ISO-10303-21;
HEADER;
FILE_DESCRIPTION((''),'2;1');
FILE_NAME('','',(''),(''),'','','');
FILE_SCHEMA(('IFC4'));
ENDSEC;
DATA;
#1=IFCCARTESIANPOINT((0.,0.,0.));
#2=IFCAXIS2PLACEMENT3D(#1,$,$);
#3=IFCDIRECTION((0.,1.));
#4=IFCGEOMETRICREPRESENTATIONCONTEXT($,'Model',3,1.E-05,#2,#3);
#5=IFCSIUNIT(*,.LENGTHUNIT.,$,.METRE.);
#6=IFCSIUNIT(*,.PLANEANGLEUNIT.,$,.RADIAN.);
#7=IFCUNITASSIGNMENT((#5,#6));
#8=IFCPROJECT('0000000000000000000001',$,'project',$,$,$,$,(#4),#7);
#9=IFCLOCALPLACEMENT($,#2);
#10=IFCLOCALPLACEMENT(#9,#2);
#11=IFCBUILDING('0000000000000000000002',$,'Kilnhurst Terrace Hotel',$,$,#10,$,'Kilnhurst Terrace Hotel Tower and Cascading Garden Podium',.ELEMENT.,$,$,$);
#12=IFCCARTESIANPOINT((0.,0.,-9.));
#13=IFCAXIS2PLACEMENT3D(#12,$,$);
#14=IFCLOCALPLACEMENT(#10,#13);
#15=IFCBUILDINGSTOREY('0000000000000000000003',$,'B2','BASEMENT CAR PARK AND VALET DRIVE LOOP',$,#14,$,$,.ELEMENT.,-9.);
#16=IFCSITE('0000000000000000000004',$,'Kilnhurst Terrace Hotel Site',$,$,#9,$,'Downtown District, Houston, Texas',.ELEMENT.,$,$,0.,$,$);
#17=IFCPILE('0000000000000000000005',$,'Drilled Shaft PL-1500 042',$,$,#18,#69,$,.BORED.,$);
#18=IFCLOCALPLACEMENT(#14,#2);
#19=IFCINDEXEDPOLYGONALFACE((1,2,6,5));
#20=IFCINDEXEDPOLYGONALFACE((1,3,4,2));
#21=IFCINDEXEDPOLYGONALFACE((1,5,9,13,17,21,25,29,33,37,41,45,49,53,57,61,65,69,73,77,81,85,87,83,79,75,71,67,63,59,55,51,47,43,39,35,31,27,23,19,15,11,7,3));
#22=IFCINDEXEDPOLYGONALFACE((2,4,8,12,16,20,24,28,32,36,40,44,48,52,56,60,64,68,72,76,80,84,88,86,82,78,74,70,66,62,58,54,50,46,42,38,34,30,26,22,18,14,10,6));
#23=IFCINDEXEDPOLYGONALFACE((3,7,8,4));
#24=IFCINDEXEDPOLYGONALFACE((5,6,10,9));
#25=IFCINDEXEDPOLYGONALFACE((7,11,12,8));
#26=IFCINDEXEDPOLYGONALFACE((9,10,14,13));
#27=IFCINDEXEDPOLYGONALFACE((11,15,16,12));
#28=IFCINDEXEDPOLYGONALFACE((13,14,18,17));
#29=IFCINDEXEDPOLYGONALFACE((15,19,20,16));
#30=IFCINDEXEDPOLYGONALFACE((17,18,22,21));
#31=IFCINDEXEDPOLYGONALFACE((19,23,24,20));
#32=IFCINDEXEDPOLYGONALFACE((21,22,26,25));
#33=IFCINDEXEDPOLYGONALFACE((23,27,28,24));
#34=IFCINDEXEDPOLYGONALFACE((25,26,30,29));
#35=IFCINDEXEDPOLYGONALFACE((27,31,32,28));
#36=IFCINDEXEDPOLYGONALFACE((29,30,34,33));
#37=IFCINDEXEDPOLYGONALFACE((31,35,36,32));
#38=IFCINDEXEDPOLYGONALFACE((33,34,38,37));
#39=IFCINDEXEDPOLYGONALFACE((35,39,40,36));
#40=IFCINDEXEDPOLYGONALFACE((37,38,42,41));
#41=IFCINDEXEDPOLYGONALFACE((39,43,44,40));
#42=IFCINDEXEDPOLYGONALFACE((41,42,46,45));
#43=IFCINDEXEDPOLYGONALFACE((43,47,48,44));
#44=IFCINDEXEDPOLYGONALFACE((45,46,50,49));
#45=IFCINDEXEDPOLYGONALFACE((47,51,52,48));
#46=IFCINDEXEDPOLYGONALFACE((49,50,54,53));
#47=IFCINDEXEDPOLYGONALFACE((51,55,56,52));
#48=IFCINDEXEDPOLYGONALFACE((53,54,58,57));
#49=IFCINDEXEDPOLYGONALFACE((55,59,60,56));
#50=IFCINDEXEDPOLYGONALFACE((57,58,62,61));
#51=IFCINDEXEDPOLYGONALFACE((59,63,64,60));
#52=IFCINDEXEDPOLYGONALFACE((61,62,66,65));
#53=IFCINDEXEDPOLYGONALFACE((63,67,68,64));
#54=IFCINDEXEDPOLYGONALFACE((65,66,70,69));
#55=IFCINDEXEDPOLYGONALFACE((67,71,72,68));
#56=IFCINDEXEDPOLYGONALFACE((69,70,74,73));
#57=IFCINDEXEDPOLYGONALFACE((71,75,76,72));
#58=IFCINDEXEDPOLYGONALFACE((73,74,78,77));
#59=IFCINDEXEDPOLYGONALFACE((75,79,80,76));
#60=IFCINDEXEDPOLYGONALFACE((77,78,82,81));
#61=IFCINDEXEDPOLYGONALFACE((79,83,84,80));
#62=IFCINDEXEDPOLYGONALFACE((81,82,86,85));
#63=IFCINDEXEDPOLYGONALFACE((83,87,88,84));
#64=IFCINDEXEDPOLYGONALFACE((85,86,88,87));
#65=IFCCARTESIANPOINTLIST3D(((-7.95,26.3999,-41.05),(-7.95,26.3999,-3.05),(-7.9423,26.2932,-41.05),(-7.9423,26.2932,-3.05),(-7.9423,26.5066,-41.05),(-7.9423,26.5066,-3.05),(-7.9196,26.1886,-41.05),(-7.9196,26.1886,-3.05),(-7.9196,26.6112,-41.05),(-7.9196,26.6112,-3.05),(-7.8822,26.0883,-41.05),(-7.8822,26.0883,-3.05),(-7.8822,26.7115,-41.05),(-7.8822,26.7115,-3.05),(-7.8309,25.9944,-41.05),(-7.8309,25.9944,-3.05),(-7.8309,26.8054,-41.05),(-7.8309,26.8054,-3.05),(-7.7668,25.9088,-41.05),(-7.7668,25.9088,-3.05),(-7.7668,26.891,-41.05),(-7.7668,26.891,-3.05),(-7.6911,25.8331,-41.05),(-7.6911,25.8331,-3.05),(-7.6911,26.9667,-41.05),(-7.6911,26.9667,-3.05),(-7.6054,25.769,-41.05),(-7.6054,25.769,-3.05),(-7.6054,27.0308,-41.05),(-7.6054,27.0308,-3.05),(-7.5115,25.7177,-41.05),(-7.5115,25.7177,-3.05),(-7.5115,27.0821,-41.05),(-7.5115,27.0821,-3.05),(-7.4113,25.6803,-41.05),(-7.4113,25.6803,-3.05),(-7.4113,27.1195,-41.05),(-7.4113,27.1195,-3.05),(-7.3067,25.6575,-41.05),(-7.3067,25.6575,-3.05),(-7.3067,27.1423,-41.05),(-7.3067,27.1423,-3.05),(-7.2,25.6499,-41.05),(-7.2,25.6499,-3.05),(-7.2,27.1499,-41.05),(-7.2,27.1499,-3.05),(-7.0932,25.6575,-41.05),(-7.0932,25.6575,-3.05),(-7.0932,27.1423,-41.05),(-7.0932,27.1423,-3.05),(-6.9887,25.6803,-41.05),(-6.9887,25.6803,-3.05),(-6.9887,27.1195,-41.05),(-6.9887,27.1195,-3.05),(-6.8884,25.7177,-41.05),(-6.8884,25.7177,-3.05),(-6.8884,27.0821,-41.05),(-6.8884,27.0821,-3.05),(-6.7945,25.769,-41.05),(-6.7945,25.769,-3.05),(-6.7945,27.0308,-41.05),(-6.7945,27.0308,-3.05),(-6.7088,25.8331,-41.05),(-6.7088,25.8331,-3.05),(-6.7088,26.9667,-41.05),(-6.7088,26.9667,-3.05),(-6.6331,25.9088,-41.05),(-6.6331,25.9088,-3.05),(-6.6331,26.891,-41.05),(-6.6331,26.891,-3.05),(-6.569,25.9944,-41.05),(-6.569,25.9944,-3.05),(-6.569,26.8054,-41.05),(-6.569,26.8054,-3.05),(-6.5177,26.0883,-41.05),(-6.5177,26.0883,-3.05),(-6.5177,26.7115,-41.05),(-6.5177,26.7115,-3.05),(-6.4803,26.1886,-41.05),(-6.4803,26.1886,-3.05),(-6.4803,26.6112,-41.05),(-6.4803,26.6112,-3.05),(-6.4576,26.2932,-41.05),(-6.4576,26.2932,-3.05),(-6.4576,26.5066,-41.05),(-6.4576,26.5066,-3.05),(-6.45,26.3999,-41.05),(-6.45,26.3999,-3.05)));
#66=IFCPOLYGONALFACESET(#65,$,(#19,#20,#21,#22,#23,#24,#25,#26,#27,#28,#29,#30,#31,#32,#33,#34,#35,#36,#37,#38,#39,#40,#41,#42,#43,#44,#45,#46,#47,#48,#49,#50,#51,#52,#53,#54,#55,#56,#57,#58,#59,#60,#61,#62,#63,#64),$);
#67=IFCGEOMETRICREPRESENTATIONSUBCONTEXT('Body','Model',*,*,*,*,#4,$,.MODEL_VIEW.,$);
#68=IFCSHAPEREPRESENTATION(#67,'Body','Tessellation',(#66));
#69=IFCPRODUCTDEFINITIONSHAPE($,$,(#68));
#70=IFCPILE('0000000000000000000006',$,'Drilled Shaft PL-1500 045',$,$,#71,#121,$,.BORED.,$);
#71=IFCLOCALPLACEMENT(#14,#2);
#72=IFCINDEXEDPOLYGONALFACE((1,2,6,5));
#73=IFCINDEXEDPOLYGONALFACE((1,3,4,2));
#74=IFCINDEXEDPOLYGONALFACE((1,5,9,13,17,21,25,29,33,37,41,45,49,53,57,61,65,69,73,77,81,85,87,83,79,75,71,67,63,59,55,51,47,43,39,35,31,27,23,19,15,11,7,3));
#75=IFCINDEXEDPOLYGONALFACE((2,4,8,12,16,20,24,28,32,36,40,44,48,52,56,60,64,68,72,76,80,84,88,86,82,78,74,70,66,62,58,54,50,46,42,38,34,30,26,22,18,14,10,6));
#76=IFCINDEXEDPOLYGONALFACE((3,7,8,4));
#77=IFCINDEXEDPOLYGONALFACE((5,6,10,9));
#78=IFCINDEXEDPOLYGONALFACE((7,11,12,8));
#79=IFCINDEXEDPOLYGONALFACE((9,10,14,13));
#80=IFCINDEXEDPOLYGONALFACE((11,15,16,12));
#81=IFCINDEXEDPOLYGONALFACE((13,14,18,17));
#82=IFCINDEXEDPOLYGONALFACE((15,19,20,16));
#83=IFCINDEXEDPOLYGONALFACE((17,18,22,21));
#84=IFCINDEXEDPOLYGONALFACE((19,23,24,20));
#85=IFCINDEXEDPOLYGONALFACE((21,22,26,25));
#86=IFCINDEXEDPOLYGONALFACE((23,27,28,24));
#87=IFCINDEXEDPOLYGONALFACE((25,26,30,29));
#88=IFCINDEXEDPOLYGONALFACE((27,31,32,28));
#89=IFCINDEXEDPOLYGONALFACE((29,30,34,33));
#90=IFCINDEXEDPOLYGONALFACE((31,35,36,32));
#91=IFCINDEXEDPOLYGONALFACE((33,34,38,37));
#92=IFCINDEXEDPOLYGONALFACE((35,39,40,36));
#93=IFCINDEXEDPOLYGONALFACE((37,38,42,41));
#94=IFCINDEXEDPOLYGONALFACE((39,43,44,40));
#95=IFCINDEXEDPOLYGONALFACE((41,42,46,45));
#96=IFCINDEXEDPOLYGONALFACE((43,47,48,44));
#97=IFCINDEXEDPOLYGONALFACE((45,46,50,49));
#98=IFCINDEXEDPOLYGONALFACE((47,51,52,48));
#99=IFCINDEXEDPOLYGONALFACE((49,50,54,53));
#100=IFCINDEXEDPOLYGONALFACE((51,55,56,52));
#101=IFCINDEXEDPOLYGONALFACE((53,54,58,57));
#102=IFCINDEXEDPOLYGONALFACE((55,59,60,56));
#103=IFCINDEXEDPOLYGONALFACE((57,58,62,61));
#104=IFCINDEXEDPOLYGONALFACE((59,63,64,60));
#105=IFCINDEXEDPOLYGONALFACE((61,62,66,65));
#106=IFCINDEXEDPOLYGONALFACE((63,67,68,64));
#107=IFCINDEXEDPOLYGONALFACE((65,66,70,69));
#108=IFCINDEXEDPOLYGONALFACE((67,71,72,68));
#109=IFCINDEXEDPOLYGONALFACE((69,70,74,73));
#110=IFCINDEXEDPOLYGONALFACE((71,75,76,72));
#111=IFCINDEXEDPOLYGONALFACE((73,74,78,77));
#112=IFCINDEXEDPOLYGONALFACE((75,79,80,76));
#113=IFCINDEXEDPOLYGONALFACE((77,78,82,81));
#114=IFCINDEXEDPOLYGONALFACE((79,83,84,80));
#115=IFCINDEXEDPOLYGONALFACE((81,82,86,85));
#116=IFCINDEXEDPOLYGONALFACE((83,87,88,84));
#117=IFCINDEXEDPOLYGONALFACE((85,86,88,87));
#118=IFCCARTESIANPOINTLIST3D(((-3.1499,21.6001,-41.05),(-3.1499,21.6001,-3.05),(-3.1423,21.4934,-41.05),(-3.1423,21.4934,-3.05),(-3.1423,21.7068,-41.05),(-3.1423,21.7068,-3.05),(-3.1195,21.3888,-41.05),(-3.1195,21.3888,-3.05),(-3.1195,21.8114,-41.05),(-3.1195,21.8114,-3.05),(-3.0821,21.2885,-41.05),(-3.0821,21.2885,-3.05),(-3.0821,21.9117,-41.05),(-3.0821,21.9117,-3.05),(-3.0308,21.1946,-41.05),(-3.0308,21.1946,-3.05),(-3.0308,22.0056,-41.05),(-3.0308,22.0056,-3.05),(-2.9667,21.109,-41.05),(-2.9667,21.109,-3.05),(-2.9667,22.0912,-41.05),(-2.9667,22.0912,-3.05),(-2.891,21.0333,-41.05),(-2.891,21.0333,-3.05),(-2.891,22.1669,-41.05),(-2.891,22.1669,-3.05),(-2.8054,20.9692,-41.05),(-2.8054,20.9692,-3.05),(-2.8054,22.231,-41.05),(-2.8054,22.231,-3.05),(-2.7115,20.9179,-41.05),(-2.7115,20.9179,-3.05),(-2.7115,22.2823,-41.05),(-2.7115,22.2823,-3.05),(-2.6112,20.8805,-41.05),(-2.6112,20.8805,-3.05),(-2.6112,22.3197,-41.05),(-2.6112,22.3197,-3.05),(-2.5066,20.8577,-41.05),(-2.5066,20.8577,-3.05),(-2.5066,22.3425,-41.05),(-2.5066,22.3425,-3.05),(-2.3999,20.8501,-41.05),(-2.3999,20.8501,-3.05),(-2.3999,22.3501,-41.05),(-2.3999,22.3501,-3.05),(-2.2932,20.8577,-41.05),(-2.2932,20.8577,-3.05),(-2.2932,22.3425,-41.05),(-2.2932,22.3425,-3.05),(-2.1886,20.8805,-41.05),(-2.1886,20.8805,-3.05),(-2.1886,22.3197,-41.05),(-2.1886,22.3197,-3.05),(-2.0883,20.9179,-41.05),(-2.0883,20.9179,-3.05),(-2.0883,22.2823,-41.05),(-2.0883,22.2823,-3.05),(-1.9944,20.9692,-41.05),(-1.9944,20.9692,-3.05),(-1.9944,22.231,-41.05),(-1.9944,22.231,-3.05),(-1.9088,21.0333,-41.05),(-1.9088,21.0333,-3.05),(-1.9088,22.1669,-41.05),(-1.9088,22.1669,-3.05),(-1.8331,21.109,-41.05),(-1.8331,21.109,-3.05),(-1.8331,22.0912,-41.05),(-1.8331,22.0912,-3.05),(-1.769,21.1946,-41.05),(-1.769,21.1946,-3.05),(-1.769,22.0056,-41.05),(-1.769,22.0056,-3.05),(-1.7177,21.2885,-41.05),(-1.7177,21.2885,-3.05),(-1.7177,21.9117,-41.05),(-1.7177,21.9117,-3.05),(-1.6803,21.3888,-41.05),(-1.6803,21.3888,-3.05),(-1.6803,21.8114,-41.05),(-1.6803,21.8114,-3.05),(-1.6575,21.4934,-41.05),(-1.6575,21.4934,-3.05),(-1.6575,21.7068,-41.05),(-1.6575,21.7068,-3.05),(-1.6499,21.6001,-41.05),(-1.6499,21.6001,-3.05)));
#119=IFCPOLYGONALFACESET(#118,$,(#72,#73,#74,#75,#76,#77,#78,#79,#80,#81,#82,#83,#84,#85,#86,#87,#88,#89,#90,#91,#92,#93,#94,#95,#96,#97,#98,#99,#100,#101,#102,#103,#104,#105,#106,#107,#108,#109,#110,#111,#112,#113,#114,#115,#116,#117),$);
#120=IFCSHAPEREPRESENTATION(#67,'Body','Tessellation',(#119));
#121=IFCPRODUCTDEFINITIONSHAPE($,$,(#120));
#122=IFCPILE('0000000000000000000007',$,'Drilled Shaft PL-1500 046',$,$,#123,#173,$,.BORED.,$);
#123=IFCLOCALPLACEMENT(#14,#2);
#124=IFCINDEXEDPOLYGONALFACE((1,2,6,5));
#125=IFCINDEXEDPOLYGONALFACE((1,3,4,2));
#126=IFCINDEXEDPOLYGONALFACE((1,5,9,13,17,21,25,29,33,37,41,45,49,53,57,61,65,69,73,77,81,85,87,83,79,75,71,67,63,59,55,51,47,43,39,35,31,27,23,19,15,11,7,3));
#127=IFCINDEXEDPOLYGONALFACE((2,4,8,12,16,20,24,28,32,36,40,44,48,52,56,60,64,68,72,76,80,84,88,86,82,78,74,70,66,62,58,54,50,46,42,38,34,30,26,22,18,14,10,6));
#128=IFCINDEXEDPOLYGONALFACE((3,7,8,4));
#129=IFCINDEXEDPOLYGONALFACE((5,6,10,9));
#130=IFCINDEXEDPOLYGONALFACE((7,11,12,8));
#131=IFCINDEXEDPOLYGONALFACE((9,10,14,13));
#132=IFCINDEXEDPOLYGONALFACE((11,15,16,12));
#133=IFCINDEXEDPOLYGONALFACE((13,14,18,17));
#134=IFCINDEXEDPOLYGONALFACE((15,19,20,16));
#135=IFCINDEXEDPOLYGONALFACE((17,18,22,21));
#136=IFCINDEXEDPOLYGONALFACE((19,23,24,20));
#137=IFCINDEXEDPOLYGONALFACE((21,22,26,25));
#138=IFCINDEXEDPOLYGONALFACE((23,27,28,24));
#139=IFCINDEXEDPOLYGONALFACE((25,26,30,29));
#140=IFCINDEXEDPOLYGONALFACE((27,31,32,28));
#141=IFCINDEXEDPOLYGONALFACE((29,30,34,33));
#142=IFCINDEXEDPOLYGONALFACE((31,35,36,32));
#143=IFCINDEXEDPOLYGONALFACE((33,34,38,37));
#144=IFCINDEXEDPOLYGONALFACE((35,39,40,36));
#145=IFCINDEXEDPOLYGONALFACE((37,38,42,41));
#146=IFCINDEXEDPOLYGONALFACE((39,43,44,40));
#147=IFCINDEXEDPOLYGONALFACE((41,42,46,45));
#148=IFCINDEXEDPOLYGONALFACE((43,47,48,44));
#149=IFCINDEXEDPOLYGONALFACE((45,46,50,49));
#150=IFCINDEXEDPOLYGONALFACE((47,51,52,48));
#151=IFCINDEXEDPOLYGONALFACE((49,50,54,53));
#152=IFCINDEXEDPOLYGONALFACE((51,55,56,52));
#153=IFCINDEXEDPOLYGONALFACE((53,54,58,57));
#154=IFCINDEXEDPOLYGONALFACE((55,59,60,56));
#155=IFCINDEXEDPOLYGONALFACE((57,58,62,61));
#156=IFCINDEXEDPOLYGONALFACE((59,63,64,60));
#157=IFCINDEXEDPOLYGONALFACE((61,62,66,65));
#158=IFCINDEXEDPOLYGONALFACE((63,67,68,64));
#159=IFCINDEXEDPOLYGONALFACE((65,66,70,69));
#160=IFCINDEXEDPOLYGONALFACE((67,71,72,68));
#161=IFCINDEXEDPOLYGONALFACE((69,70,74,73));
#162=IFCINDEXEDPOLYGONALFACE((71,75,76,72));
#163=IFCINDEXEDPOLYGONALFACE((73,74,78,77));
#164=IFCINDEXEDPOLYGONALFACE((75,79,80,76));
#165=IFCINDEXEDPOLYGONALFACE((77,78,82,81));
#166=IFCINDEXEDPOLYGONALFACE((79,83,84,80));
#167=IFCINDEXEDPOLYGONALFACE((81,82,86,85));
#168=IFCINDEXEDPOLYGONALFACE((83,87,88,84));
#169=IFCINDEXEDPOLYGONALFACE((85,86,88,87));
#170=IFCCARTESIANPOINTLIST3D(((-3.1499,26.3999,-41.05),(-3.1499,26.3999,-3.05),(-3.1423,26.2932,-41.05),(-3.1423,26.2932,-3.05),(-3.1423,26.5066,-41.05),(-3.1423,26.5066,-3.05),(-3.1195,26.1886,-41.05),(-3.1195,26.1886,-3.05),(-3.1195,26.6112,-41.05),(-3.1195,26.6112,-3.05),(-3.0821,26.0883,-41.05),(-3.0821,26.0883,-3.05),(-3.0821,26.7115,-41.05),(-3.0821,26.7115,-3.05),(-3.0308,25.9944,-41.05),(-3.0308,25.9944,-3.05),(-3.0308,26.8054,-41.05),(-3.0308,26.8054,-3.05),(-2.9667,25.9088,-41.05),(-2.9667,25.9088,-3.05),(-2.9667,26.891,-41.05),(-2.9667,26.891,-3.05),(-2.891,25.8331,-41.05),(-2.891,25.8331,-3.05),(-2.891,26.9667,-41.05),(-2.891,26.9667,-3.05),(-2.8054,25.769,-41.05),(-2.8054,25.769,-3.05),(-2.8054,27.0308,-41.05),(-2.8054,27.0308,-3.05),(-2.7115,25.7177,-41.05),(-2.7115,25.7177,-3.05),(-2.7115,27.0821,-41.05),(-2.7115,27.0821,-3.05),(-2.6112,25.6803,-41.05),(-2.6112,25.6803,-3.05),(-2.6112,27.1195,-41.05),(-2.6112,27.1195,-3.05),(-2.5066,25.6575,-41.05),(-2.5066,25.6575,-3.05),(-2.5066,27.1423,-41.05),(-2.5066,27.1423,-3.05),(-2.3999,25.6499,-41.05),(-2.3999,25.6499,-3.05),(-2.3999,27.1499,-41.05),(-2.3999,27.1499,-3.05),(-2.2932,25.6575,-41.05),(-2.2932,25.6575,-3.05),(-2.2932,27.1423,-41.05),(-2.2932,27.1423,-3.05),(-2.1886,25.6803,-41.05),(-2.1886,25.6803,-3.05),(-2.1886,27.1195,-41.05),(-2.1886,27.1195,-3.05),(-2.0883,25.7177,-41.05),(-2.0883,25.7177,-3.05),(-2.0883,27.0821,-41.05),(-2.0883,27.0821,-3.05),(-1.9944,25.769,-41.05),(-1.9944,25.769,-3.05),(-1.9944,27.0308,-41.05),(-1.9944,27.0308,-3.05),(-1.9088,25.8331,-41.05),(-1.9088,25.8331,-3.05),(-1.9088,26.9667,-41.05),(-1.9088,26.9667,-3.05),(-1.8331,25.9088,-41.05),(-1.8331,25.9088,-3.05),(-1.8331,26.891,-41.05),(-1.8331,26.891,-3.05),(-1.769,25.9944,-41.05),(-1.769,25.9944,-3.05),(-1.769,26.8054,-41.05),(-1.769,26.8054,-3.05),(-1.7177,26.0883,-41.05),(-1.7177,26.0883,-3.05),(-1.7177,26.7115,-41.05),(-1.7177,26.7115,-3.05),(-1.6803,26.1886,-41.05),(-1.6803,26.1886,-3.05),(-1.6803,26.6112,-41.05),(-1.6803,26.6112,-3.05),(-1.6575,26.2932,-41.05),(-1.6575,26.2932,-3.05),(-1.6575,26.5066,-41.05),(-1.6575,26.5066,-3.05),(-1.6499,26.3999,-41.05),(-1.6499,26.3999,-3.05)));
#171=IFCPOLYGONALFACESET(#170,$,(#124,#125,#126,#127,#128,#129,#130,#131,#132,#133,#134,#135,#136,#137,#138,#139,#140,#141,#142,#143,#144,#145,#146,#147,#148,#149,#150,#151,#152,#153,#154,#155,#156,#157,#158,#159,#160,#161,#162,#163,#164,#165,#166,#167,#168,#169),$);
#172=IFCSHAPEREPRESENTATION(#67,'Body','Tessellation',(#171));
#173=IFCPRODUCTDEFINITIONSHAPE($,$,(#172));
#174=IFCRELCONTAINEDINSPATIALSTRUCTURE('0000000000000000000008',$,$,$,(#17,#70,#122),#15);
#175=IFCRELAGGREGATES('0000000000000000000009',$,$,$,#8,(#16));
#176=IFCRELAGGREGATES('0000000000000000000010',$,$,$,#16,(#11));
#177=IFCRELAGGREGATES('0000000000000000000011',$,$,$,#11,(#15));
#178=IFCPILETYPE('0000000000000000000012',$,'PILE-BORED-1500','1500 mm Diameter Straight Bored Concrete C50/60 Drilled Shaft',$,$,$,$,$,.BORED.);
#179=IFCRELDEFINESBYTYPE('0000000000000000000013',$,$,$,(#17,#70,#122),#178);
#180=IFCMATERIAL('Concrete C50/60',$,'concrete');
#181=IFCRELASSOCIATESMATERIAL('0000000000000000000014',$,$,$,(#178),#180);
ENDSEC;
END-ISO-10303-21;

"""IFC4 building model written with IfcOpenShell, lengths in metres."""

from ifc_helpers import new_model, si_unit, direction, frame, origin, origin_2d, place, context, subcontext, project, spatial, circle, extrude, material, material_profile, profile_set, type_object, element, save


model = new_model("IFC4")

# Units and contexts
model_context = context("Model", 3, precision=1e-05, world=origin(), true_north=direction((0.0, 1.0)))
body_context = subcontext(model_context, "Body", "Model", "MODEL_VIEW")
ifc_project = project(units=[si_unit("LENGTHUNIT", "METRE"), si_unit("PLANEANGLEUNIT", "RADIAN")], contexts=[model_context])

# Site, building, storey
site_placement = place(None, origin())
site = spatial("IfcSite", under=ifc_project, at=site_placement, Name="Kilnhurst Terrace Hotel Site", LongName="Downtown District, Houston, Texas", CompositionType="ELEMENT", RefElevation=0.0)
building_placement = place(site_placement, origin())
building = spatial("IfcBuilding", under=site, at=building_placement, Name="Kilnhurst Terrace Hotel", LongName="Kilnhurst Terrace Hotel Tower and Cascading Garden Podium", CompositionType="ELEMENT")
storey_placement = place(building_placement, frame((0.0, 0.0, -9.0)))
storey = spatial("IfcBuildingStorey", under=building, at=storey_placement, Name="B2", Description="BASEMENT CAR PARK AND VALET DRIVE LOOP", CompositionType="ELEMENT", Elevation=-9.0)

# Piles
ifc_material_1 = material(Name="Concrete C50/60", Category="concrete")
ifc_material_profile_1 = material_profile(ifc_material_1, circle(Radius=0.75, at=origin_2d()), Name="PILE1500")
ifc_profile_set_1 = profile_set([ifc_material_profile_1], Name="Concrete C50/60")
pile_type_1 = type_object("IfcPileType", Name="PILE-BORED-1500", Description="1500 mm Diameter Straight Bored Concrete C50/60 Drilled Shaft", PredefinedType="BORED", material=ifc_profile_set_1)
for number, where, z_axis, x_axis, name in (
    (1, (-7.2, 26.3999, -3.05), (0.0, 0.0, -1.0), (1.0, 0.0, 0.0), "Drilled Shaft PL-1500 042"),
    (2, (-2.3999, 21.6001, -3.05), (0.0, 0.0, -1.0), (1.0, 0.0, 0.0), "Drilled Shaft PL-1500 045"),
    (3, (-2.3999, 26.3999, -3.05), (0.0, 0.0, -1.0), (1.0, 0.0, 0.0), "Drilled Shaft PL-1500 046"),
):
    element("IfcPile", number, at=place(storey_placement, frame(where, z_axis=z_axis, x_axis=x_axis)), inside=storey, type_object=pile_type_1, Name=name, PredefinedType="BORED", context=body_context, shape_type="SweptSolid", body=[
        extrude(circle(Radius=0.75, at=origin_2d()), origin(), (0.0, 0.0, 1.0), 38.0),
    ])

save(model, "model.ifc")
